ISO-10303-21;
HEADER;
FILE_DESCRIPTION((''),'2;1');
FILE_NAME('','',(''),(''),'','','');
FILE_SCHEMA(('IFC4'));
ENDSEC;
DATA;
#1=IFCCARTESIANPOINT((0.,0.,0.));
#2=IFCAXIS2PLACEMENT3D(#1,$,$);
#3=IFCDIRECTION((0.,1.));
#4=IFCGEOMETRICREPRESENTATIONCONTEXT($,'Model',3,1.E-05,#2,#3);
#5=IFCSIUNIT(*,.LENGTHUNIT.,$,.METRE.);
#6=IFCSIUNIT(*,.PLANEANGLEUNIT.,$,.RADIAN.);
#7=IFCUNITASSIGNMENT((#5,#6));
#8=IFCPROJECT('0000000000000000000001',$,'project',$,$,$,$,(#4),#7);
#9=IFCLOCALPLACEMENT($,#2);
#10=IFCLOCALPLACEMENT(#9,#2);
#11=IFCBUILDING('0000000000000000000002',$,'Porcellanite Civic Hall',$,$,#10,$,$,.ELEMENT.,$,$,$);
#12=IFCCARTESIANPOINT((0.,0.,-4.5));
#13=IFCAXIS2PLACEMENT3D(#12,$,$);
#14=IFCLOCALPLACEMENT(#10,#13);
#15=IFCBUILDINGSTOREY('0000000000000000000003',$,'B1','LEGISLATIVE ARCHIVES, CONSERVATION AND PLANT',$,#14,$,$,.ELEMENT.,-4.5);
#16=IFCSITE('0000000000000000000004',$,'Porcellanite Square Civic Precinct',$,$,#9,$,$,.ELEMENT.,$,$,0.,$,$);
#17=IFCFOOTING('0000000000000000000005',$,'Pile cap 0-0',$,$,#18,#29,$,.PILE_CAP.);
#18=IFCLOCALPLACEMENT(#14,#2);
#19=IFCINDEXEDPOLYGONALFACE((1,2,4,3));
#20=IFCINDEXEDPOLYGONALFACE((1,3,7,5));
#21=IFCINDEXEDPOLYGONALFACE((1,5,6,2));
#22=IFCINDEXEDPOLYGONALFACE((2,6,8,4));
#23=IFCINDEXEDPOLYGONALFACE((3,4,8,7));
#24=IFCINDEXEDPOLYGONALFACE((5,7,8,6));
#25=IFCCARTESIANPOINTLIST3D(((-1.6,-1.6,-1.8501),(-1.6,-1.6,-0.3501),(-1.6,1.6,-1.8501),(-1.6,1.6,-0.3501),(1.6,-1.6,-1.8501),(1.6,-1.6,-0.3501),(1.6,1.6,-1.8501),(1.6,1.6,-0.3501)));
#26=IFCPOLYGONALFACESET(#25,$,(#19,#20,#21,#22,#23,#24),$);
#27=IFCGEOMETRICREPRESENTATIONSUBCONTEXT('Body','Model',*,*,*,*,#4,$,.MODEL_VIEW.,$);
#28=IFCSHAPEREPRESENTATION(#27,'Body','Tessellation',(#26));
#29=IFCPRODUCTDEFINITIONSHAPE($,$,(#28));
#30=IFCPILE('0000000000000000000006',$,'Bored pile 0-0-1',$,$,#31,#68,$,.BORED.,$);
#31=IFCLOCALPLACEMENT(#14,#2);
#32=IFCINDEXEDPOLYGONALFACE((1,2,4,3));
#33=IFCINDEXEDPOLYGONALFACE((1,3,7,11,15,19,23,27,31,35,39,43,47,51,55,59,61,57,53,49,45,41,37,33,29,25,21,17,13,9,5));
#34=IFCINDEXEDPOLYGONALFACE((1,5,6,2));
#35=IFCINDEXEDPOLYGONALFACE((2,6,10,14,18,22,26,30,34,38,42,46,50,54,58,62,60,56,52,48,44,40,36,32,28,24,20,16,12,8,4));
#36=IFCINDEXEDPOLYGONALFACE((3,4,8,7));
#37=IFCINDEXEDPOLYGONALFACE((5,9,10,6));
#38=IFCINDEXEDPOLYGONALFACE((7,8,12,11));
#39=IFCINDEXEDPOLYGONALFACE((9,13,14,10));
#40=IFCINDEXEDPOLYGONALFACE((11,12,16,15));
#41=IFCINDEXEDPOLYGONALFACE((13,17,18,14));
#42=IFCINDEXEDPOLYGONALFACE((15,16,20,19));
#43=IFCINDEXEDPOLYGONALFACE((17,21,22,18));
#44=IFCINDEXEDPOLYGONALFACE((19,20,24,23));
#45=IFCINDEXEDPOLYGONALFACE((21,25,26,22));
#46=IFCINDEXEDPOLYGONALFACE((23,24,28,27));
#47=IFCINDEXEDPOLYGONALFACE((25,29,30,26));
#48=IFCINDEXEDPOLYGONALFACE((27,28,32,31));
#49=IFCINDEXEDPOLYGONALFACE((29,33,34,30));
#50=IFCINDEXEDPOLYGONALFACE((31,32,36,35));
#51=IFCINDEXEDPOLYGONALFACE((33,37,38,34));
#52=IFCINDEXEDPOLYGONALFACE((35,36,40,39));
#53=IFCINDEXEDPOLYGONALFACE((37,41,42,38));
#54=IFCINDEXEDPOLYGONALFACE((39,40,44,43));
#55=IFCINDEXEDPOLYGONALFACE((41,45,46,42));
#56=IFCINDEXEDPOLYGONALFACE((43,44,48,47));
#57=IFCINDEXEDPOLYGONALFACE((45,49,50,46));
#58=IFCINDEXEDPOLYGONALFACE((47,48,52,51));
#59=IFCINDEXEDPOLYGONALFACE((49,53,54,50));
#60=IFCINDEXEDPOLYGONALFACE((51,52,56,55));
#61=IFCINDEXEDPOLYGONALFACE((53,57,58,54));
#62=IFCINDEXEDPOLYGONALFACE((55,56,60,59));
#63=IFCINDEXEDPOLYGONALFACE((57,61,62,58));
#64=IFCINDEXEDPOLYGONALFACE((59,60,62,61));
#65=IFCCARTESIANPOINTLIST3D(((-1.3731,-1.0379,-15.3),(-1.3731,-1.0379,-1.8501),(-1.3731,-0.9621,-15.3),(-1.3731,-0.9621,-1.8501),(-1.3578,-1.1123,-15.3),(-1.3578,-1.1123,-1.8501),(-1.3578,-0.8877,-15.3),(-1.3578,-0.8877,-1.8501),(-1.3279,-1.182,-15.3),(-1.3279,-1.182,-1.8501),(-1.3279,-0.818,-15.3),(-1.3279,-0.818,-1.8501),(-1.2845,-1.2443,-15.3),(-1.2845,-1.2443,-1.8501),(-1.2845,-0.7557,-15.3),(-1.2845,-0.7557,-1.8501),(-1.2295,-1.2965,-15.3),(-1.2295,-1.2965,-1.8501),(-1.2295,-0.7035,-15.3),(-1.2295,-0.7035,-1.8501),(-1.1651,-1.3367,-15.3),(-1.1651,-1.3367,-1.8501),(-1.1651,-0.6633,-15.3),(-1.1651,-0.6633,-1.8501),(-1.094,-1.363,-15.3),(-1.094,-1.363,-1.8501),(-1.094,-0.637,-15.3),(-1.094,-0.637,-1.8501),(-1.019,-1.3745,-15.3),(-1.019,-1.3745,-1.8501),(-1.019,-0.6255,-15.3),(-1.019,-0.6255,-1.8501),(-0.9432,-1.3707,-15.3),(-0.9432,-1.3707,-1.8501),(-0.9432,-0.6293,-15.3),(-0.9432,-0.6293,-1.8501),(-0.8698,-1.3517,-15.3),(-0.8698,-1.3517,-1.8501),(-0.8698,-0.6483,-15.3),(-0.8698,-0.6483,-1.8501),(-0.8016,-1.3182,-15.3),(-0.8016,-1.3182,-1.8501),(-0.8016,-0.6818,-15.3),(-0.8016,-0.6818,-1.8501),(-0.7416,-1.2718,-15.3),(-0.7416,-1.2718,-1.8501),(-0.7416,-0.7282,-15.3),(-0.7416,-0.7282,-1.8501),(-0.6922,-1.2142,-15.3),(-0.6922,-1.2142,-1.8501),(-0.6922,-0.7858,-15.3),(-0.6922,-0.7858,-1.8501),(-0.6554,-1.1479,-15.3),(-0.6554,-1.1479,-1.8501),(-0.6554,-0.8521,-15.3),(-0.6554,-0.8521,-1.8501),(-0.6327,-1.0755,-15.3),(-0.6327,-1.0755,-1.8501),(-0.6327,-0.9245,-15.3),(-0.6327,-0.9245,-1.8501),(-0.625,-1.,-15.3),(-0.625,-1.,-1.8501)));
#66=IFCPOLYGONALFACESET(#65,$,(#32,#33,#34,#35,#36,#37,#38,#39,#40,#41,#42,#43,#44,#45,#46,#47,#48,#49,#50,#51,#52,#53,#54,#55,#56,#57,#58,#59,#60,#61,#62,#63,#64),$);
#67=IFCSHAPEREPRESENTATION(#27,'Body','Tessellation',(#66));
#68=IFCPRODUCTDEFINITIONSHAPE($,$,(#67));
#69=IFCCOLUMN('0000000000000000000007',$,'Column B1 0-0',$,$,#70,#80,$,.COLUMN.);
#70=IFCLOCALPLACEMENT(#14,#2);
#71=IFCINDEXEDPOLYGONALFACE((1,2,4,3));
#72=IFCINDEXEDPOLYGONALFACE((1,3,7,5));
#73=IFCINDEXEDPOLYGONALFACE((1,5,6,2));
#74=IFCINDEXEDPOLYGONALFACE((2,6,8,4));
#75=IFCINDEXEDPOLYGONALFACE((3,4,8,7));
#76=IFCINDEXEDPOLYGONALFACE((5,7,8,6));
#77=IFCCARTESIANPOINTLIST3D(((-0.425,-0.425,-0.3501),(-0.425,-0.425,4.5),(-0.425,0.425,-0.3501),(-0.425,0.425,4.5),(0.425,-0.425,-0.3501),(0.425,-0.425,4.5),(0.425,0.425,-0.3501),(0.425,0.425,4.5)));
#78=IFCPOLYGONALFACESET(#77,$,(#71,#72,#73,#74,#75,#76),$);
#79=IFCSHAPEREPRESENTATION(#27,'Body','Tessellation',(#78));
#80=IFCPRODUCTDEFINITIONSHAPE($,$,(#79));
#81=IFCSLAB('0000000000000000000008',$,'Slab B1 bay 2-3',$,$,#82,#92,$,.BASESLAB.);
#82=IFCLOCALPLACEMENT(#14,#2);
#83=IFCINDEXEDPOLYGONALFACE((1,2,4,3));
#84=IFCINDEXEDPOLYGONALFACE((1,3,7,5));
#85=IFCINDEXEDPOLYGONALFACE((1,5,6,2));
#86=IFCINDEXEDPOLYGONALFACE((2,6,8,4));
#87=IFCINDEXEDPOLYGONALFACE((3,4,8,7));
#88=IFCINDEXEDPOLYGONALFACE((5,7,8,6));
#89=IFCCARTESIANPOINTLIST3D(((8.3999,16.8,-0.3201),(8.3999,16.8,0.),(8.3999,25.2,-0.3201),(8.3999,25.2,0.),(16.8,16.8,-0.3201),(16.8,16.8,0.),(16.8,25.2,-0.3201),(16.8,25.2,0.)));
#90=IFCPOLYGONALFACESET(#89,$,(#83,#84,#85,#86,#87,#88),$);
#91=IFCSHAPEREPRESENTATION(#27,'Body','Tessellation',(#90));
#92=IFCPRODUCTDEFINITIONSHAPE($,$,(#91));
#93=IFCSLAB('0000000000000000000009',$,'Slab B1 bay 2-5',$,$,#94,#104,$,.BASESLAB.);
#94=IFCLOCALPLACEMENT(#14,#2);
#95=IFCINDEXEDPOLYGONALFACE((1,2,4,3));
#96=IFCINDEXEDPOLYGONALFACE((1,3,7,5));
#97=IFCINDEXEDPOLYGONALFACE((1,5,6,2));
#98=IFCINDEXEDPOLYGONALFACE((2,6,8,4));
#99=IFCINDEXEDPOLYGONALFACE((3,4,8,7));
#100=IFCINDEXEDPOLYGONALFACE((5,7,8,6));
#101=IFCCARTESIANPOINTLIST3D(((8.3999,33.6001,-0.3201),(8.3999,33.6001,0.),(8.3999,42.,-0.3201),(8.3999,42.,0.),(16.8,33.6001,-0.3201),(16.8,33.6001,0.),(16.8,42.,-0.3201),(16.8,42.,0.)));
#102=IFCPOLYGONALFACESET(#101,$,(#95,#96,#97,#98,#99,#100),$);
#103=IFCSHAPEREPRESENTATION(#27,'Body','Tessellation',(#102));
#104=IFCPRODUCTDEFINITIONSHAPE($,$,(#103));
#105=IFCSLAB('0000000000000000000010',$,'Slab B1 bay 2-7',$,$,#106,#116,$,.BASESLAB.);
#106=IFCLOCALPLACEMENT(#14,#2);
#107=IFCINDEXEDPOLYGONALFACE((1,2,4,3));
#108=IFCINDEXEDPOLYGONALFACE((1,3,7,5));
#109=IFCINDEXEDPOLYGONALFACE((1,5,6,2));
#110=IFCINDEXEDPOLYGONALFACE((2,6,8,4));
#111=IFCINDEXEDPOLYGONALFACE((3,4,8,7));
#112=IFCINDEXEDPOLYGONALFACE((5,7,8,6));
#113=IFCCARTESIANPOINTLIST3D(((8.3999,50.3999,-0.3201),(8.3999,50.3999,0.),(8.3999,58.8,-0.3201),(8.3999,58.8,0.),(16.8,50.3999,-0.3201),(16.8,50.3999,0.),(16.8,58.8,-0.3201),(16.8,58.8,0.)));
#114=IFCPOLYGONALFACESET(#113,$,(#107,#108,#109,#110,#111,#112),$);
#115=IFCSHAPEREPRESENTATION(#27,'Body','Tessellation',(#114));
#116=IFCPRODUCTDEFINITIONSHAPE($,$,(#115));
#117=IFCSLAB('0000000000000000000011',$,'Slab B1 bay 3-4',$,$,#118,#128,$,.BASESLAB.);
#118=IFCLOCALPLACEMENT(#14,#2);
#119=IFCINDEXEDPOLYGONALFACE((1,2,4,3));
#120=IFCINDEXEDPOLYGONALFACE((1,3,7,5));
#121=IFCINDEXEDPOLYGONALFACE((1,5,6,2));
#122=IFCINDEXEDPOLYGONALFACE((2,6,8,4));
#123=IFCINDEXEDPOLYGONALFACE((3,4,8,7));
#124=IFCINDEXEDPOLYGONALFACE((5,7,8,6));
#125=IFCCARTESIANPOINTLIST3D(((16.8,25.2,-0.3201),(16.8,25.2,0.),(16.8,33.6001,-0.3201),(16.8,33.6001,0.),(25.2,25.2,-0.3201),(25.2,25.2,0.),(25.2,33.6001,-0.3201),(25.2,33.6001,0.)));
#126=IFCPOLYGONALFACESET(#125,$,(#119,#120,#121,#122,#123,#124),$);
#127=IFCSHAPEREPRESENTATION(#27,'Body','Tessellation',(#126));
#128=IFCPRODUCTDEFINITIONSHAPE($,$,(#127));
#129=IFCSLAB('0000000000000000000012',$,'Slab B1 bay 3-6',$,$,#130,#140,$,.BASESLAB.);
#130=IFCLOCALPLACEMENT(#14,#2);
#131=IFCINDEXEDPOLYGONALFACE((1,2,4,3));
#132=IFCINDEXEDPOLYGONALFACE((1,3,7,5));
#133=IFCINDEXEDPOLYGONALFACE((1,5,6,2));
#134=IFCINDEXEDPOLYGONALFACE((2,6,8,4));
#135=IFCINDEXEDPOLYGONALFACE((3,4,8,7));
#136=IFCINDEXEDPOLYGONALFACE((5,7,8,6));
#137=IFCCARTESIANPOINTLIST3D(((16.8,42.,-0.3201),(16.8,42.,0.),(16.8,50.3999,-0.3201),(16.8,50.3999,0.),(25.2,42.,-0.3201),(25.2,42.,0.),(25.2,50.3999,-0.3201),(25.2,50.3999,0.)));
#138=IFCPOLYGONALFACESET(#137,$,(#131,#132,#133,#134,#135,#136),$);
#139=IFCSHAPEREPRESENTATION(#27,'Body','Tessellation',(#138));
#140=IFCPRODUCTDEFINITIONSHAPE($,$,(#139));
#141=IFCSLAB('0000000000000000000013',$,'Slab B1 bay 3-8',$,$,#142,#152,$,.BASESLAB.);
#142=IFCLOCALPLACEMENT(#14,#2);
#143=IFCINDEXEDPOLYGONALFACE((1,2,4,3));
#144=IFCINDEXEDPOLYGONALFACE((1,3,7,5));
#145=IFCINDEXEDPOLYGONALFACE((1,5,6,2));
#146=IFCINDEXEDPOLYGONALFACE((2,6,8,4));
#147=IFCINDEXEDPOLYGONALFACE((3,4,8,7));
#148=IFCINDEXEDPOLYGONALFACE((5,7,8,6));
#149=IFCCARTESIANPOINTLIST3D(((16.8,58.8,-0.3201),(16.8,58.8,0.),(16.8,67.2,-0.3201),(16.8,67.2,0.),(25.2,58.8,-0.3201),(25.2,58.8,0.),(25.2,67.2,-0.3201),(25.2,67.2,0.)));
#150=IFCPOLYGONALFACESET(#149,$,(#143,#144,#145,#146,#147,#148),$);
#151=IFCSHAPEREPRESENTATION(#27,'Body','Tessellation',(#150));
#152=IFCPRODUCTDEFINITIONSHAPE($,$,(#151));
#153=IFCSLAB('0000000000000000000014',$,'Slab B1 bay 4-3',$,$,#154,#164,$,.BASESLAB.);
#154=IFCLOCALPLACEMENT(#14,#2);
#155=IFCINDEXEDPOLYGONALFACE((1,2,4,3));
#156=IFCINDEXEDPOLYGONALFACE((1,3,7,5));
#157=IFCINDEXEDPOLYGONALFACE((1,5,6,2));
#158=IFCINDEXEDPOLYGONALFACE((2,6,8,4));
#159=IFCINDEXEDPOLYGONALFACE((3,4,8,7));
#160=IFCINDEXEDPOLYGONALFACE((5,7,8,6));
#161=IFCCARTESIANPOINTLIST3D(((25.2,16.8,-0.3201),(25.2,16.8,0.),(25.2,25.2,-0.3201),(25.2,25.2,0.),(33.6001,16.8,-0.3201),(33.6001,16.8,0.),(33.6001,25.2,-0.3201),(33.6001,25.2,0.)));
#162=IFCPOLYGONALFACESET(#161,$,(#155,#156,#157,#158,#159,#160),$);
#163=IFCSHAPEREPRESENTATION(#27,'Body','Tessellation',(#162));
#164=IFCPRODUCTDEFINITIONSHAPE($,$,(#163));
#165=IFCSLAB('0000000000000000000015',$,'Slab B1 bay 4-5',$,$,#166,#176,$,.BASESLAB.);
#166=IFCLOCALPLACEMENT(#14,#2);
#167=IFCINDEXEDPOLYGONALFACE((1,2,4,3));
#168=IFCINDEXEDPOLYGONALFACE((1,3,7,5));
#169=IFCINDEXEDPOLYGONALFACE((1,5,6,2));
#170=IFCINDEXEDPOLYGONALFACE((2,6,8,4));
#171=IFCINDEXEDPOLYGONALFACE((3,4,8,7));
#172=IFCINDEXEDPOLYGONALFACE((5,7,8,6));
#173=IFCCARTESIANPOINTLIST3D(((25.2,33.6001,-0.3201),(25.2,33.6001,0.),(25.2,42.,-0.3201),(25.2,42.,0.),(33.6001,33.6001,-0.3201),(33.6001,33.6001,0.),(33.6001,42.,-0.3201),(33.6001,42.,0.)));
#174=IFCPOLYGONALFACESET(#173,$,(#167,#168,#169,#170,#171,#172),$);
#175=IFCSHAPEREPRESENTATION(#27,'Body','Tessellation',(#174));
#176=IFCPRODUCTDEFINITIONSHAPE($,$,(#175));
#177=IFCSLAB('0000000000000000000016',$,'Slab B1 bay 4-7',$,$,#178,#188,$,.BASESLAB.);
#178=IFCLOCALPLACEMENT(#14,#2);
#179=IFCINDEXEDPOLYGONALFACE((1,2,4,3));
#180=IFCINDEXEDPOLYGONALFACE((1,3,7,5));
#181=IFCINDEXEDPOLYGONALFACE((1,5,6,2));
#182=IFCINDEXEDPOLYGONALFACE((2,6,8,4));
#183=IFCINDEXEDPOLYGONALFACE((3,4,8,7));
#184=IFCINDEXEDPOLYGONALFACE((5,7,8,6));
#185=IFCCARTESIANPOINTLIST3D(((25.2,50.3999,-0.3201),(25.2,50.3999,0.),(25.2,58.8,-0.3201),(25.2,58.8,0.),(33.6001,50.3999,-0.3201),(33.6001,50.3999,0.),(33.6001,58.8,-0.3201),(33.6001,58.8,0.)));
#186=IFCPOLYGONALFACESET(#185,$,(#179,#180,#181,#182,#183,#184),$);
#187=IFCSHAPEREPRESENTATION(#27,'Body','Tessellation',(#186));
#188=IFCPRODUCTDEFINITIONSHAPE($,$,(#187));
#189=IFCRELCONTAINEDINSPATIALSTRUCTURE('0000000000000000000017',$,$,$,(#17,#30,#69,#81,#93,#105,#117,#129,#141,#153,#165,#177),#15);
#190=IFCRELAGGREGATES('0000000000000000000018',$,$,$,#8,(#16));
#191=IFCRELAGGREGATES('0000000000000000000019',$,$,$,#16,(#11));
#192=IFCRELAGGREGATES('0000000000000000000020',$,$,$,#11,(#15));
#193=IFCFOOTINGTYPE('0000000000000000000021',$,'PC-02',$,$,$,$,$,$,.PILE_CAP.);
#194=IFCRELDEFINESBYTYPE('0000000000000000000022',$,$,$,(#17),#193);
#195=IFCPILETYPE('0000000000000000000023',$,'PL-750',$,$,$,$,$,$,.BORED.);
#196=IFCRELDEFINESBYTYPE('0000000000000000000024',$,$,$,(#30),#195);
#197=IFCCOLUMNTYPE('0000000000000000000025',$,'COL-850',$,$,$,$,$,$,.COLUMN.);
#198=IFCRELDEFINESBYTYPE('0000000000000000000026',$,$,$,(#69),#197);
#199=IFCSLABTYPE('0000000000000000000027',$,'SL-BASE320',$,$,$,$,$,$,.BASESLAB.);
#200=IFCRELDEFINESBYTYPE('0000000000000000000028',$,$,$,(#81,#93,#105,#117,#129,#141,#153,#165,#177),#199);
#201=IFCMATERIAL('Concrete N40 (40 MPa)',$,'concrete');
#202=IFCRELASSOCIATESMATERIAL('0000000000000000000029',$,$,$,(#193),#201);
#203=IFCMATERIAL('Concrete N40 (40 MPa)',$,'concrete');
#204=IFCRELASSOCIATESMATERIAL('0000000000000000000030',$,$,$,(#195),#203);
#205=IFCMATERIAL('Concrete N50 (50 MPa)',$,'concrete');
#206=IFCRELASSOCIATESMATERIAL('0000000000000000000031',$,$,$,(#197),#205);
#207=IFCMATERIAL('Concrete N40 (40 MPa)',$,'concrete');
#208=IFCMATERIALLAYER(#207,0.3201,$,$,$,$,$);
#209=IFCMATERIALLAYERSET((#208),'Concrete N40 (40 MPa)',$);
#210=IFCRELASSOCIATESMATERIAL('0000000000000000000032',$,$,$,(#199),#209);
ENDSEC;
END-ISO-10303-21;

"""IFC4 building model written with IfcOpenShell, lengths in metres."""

from ifc_helpers import new_model, si_unit, direction, frame, origin, origin_2d, place, context, subcontext, project, spatial, polyline, rectangle, circle, outline, extrude, material, layer, layer_set, material_profile, profile_set, type_object, element, save


model = new_model("IFC4")

# Units and contexts
model_context = context("Model", 3, precision=1e-05, world=origin(), true_north=direction((0.0, 1.0)))
body_context = subcontext(model_context, "Body", "Model", "MODEL_VIEW")
ifc_project = project(units=[si_unit("LENGTHUNIT", "METRE"), si_unit("PLANEANGLEUNIT", "RADIAN")], contexts=[model_context])

# Site, building, storey
site_placement = place(None, origin())
site = spatial("IfcSite", under=ifc_project, at=site_placement, Name="Porcellanite Square Civic Precinct", CompositionType="ELEMENT", RefElevation=0.0)
building_placement = place(site_placement, origin())
building = spatial("IfcBuilding", under=site, at=building_placement, Name="Porcellanite Civic Hall", CompositionType="ELEMENT")
storey_placement = place(building_placement, frame((0.0, 0.0, -4.5)))
storey = spatial("IfcBuildingStorey", under=building, at=storey_placement, Name="B1", Description="LEGISLATIVE ARCHIVES, CONSERVATION AND PLANT", CompositionType="ELEMENT", Elevation=-4.5)

# Footing
ifc_material_1 = material(Name="Concrete N40 (40 MPa)", Category="concrete")
footing_type = type_object("IfcFootingType", Name="PC-02", PredefinedType="PILE_CAP", material=ifc_material_1)
footing_placement = place(storey_placement, frame((0.0, 0.0, -1.8501), z_axis=(0.0, 0.0, 1.0), x_axis=(1.0, 0.0, 0.0)))
element("IfcFooting", 1, at=footing_placement, inside=storey, type_object=footing_type, Name="Pile cap 0-0", PredefinedType="PILE_CAP", context=body_context, shape_type="SweptSolid", body=[
    extrude(rectangle(XDim=3.2, YDim=3.2, at=origin_2d()), origin(), (0.0, 0.0, 1.0), 1.5),
])

# Pile
ifc_material_2 = material(Name="Concrete N40 (40 MPa)", Category="concrete")
ifc_material_profile_1 = material_profile(ifc_material_2, circle(Radius=0.375, at=origin_2d()), Name="PILE-D750")
ifc_profile_set_1 = profile_set([ifc_material_profile_1], Name="Concrete N40 (40 MPa)")
pile_type = type_object("IfcPileType", Name="PL-750", PredefinedType="BORED", material=ifc_profile_set_1)
pile_placement = place(storey_placement, frame((-1.0, -1.0, -1.8501), z_axis=(0.0, 0.0, -1.0), x_axis=(1.0, 0.0, 0.0)))
element("IfcPile", 2, at=pile_placement, inside=storey, type_object=pile_type, Name="Bored pile 0-0-1", PredefinedType="BORED", context=body_context, shape_type="SweptSolid", body=[
    extrude(circle(Radius=0.375, at=origin_2d()), origin(), (0.0, 0.0, 1.0), 13.45),
])

# Column
ifc_material_3 = material(Name="Concrete N50 (50 MPa)", Category="concrete")
ifc_material_profile_2 = material_profile(ifc_material_3, rectangle(XDim=0.8501, YDim=0.8501, at=origin_2d()), Name="RC-850x850")
ifc_profile_set_2 = profile_set([ifc_material_profile_2], Name="Concrete N50 (50 MPa)")
column_type = type_object("IfcColumnType", Name="COL-850", PredefinedType="COLUMN", material=ifc_profile_set_2)
column_placement = place(storey_placement, frame((0.0, 0.0, -0.3501), z_axis=(0.0, 0.0, 1.0), x_axis=(1.0, 0.0, 0.0)))
element("IfcColumn", 3, at=column_placement, inside=storey, type_object=column_type, Name="Column B1 0-0", PredefinedType="COLUMN", context=body_context, shape_type="SweptSolid", body=[
    extrude(rectangle(XDim=0.8501, YDim=0.8501, at=origin_2d()), origin(), (0.0, 0.0, 1.0), 4.8501),
])

# Slabs
ifc_material_4 = material(Name="Concrete N40 (40 MPa)", Category="concrete")
ifc_layer_1 = layer(ifc_material_4, 0.3201)
ifc_layer_set_1 = layer_set([ifc_layer_1], Name="Concrete N40 (40 MPa)")
slab_type_1 = type_object("IfcSlabType", Name="SL-BASE320", PredefinedType="BASESLAB", material=ifc_layer_set_1)
slab_1_placement = place(storey_placement, frame((0.0, 0.0, -0.3201)))
element("IfcSlab", 4, at=slab_1_placement, inside=storey, type_object=slab_type_1, Name="Slab B1 bay 2-3", PredefinedType="BASESLAB", context=body_context, shape_type="SweptSolid", body=[
    extrude(outline(polyline([(8.3999, 16.8), (16.8, 16.8), (16.8, 25.2), (8.3999, 25.2), (8.3999, 16.8)])), origin(), (0.0, 0.0, 1.0), 0.3201),
])
slab_2_placement = place(storey_placement, frame((0.0, 0.0, -0.3201)))
element("IfcSlab", 5, at=slab_2_placement, inside=storey, type_object=slab_type_1, Name="Slab B1 bay 2-5", PredefinedType="BASESLAB", context=body_context, shape_type="SweptSolid", body=[
    extrude(outline(polyline([(8.3999, 33.6001), (16.8, 33.6001), (16.8, 42.0), (8.3999, 42.0), (8.3999, 33.6001)])), origin(), (0.0, 0.0, 1.0), 0.3201),
])
slab_3_placement = place(storey_placement, frame((0.0, 0.0, -0.3201)))
element("IfcSlab", 6, at=slab_3_placement, inside=storey, type_object=slab_type_1, Name="Slab B1 bay 2-7", PredefinedType="BASESLAB", context=body_context, shape_type="SweptSolid", body=[
    extrude(outline(polyline([(8.3999, 50.3999), (16.8, 50.3999), (16.8, 58.8), (8.3999, 58.8), (8.3999, 50.3999)])), origin(), (0.0, 0.0, 1.0), 0.3201),
])
slab_4_placement = place(storey_placement, frame((0.0, 0.0, -0.3201)))
element("IfcSlab", 7, at=slab_4_placement, inside=storey, type_object=slab_type_1, Name="Slab B1 bay 3-4", PredefinedType="BASESLAB", context=body_context, shape_type="SweptSolid", body=[
    extrude(outline(polyline([(16.8, 25.2), (25.2, 25.2), (25.2, 33.6001), (16.8, 33.6001), (16.8, 25.2)])), origin(), (0.0, 0.0, 1.0), 0.3201),
])
slab_5_placement = place(storey_placement, frame((0.0, 0.0, -0.3201)))
element("IfcSlab", 8, at=slab_5_placement, inside=storey, type_object=slab_type_1, Name="Slab B1 bay 3-6", PredefinedType="BASESLAB", context=body_context, shape_type="SweptSolid", body=[
    extrude(outline(polyline([(16.8, 42.0), (25.2, 42.0), (25.2, 50.3999), (16.8, 50.3999), (16.8, 42.0)])), origin(), (0.0, 0.0, 1.0), 0.3201),
])
slab_6_placement = place(storey_placement, frame((0.0, 0.0, -0.3201)))
element("IfcSlab", 9, at=slab_6_placement, inside=storey, type_object=slab_type_1, Name="Slab B1 bay 3-8", PredefinedType="BASESLAB", context=body_context, shape_type="SweptSolid", body=[
    extrude(outline(polyline([(16.8, 58.8), (25.2, 58.8), (25.2, 67.2), (16.8, 67.2), (16.8, 58.8)])), origin(), (0.0, 0.0, 1.0), 0.3201),
])
slab_7_placement = place(storey_placement, frame((0.0, 0.0, -0.3201)))
element("IfcSlab", 10, at=slab_7_placement, inside=storey, type_object=slab_type_1, Name="Slab B1 bay 4-3", PredefinedType="BASESLAB", context=body_context, shape_type="SweptSolid", body=[
    extrude(outline(polyline([(25.2, 16.8), (33.6001, 16.8), (33.6001, 25.2), (25.2, 25.2), (25.2, 16.8)])), origin(), (0.0, 0.0, 1.0), 0.3201),
])
slab_8_placement = place(storey_placement, frame((0.0, 0.0, -0.3201)))
element("IfcSlab", 11, at=slab_8_placement, inside=storey, type_object=slab_type_1, Name="Slab B1 bay 4-5", PredefinedType="BASESLAB", context=body_context, shape_type="SweptSolid", body=[
    extrude(outline(polyline([(25.2, 33.6001), (33.6001, 33.6001), (33.6001, 42.0), (25.2, 42.0), (25.2, 33.6001)])), origin(), (0.0, 0.0, 1.0), 0.3201),
])
slab_9_placement = place(storey_placement, frame((0.0, 0.0, -0.3201)))
element("IfcSlab", 12, at=slab_9_placement, inside=storey, type_object=slab_type_1, Name="Slab B1 bay 4-7", PredefinedType="BASESLAB", context=body_context, shape_type="SweptSolid", body=[
    extrude(outline(polyline([(25.2, 50.3999), (33.6001, 50.3999), (33.6001, 58.8), (25.2, 58.8), (25.2, 50.3999)])), origin(), (0.0, 0.0, 1.0), 0.3201),
])

save(model, "model.ifc")
